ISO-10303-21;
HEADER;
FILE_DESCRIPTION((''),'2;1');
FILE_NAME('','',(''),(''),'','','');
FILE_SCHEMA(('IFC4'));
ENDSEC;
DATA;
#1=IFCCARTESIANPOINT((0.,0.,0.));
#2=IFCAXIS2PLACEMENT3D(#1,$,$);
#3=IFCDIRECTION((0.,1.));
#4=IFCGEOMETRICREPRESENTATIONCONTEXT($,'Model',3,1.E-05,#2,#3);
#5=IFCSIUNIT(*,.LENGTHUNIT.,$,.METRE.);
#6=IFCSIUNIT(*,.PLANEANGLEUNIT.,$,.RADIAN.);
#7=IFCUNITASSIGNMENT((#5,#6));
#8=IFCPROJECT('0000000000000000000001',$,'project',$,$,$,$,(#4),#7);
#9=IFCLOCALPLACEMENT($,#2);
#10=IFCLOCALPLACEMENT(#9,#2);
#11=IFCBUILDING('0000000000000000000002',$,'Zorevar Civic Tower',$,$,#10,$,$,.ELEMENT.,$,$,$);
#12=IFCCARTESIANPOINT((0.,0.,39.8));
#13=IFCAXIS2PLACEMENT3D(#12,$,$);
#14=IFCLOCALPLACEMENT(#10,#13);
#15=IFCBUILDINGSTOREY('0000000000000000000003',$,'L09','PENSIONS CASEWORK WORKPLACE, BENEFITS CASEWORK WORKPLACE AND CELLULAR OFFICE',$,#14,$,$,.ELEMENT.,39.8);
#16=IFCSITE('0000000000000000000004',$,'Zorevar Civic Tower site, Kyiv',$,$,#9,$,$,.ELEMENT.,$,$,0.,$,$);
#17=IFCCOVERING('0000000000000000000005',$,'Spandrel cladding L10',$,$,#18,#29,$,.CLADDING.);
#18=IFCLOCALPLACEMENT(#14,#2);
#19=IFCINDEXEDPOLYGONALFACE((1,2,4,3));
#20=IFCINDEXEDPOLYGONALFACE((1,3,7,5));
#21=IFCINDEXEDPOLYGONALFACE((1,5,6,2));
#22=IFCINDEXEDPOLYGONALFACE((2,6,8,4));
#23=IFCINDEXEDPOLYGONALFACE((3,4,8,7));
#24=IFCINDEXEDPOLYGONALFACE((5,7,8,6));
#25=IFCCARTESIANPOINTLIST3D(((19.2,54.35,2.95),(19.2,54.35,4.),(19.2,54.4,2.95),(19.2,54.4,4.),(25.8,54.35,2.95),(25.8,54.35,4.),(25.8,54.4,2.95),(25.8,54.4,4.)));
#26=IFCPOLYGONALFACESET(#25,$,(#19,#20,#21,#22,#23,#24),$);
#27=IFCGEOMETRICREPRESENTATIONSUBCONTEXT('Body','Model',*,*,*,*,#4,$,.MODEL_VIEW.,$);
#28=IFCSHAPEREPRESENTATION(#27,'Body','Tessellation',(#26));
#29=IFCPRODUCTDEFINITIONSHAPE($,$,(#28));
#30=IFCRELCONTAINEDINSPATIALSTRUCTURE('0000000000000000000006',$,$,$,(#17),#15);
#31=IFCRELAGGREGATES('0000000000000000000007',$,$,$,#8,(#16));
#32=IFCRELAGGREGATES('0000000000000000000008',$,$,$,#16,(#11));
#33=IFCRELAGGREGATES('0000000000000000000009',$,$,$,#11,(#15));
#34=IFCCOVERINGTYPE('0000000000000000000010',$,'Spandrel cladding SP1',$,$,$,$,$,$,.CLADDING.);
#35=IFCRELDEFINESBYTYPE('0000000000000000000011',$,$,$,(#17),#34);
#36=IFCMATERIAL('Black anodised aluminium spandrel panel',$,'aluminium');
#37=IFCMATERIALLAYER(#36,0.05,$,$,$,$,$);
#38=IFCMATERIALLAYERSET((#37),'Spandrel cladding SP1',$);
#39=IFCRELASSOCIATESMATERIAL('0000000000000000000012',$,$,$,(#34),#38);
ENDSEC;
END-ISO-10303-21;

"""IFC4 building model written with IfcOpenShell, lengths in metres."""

from ifc_helpers import new_model, si_unit, direction, frame, frame_2d, origin, place, context, subcontext, project, spatial, rectangle, extrude, material, layer, layer_set, type_object, element, save


model = new_model("IFC4")

# Units and contexts
model_context = context("Model", 3, precision=1e-05, world=origin(), true_north=direction((0.0, 1.0)))
body_context = subcontext(model_context, "Body", "Model", "MODEL_VIEW")
ifc_project = project(units=[si_unit("LENGTHUNIT", "METRE"), si_unit("PLANEANGLEUNIT", "RADIAN")], contexts=[model_context])

# Site, building, storey
site_placement = place(None, origin())
site = spatial("IfcSite", under=ifc_project, at=site_placement, Name="Zorevar Civic Tower site, Kyiv", CompositionType="ELEMENT", RefElevation=0.0)
building_placement = place(site_placement, origin())
building = spatial("IfcBuilding", under=site, at=building_placement, Name="Zorevar Civic Tower", CompositionType="ELEMENT")
storey_placement = place(building_placement, frame((0.0, 0.0, 39.8)))
storey = spatial("IfcBuildingStorey", under=building, at=storey_placement, Name="L09", Description="PENSIONS CASEWORK WORKPLACE, BENEFITS CASEWORK WORKPLACE AND CELLULAR OFFICE", CompositionType="ELEMENT", Elevation=39.8)

# Covering
ifc_material_1 = material(Name="Black anodised aluminium spandrel panel", Category="aluminium")
ifc_layer_1 = layer(ifc_material_1, 0.05)
ifc_layer_set_1 = layer_set([ifc_layer_1], Name="Spandrel cladding SP1")
covering_type = type_object("IfcCoveringType", Name="Spandrel cladding SP1", PredefinedType="CLADDING", material=ifc_layer_set_1)
covering_placement = place(storey_placement, frame((19.2, 54.375, 2.95), z_axis=(0.0, 0.0, 1.0), x_axis=(1.0, 0.0, 0.0)))
element("IfcCovering", 1, at=covering_placement, inside=storey, type_object=covering_type, Name="Spandrel cladding L10", PredefinedType="CLADDING", context=body_context, shape_type="SweptSolid", body=[
    extrude(rectangle(XDim=6.6001, YDim=0.05, at=frame_2d((3.3, 0.0))), origin(), (0.0, 0.0, 1.0), 1.05),
])

save(model, "model.ifc")
